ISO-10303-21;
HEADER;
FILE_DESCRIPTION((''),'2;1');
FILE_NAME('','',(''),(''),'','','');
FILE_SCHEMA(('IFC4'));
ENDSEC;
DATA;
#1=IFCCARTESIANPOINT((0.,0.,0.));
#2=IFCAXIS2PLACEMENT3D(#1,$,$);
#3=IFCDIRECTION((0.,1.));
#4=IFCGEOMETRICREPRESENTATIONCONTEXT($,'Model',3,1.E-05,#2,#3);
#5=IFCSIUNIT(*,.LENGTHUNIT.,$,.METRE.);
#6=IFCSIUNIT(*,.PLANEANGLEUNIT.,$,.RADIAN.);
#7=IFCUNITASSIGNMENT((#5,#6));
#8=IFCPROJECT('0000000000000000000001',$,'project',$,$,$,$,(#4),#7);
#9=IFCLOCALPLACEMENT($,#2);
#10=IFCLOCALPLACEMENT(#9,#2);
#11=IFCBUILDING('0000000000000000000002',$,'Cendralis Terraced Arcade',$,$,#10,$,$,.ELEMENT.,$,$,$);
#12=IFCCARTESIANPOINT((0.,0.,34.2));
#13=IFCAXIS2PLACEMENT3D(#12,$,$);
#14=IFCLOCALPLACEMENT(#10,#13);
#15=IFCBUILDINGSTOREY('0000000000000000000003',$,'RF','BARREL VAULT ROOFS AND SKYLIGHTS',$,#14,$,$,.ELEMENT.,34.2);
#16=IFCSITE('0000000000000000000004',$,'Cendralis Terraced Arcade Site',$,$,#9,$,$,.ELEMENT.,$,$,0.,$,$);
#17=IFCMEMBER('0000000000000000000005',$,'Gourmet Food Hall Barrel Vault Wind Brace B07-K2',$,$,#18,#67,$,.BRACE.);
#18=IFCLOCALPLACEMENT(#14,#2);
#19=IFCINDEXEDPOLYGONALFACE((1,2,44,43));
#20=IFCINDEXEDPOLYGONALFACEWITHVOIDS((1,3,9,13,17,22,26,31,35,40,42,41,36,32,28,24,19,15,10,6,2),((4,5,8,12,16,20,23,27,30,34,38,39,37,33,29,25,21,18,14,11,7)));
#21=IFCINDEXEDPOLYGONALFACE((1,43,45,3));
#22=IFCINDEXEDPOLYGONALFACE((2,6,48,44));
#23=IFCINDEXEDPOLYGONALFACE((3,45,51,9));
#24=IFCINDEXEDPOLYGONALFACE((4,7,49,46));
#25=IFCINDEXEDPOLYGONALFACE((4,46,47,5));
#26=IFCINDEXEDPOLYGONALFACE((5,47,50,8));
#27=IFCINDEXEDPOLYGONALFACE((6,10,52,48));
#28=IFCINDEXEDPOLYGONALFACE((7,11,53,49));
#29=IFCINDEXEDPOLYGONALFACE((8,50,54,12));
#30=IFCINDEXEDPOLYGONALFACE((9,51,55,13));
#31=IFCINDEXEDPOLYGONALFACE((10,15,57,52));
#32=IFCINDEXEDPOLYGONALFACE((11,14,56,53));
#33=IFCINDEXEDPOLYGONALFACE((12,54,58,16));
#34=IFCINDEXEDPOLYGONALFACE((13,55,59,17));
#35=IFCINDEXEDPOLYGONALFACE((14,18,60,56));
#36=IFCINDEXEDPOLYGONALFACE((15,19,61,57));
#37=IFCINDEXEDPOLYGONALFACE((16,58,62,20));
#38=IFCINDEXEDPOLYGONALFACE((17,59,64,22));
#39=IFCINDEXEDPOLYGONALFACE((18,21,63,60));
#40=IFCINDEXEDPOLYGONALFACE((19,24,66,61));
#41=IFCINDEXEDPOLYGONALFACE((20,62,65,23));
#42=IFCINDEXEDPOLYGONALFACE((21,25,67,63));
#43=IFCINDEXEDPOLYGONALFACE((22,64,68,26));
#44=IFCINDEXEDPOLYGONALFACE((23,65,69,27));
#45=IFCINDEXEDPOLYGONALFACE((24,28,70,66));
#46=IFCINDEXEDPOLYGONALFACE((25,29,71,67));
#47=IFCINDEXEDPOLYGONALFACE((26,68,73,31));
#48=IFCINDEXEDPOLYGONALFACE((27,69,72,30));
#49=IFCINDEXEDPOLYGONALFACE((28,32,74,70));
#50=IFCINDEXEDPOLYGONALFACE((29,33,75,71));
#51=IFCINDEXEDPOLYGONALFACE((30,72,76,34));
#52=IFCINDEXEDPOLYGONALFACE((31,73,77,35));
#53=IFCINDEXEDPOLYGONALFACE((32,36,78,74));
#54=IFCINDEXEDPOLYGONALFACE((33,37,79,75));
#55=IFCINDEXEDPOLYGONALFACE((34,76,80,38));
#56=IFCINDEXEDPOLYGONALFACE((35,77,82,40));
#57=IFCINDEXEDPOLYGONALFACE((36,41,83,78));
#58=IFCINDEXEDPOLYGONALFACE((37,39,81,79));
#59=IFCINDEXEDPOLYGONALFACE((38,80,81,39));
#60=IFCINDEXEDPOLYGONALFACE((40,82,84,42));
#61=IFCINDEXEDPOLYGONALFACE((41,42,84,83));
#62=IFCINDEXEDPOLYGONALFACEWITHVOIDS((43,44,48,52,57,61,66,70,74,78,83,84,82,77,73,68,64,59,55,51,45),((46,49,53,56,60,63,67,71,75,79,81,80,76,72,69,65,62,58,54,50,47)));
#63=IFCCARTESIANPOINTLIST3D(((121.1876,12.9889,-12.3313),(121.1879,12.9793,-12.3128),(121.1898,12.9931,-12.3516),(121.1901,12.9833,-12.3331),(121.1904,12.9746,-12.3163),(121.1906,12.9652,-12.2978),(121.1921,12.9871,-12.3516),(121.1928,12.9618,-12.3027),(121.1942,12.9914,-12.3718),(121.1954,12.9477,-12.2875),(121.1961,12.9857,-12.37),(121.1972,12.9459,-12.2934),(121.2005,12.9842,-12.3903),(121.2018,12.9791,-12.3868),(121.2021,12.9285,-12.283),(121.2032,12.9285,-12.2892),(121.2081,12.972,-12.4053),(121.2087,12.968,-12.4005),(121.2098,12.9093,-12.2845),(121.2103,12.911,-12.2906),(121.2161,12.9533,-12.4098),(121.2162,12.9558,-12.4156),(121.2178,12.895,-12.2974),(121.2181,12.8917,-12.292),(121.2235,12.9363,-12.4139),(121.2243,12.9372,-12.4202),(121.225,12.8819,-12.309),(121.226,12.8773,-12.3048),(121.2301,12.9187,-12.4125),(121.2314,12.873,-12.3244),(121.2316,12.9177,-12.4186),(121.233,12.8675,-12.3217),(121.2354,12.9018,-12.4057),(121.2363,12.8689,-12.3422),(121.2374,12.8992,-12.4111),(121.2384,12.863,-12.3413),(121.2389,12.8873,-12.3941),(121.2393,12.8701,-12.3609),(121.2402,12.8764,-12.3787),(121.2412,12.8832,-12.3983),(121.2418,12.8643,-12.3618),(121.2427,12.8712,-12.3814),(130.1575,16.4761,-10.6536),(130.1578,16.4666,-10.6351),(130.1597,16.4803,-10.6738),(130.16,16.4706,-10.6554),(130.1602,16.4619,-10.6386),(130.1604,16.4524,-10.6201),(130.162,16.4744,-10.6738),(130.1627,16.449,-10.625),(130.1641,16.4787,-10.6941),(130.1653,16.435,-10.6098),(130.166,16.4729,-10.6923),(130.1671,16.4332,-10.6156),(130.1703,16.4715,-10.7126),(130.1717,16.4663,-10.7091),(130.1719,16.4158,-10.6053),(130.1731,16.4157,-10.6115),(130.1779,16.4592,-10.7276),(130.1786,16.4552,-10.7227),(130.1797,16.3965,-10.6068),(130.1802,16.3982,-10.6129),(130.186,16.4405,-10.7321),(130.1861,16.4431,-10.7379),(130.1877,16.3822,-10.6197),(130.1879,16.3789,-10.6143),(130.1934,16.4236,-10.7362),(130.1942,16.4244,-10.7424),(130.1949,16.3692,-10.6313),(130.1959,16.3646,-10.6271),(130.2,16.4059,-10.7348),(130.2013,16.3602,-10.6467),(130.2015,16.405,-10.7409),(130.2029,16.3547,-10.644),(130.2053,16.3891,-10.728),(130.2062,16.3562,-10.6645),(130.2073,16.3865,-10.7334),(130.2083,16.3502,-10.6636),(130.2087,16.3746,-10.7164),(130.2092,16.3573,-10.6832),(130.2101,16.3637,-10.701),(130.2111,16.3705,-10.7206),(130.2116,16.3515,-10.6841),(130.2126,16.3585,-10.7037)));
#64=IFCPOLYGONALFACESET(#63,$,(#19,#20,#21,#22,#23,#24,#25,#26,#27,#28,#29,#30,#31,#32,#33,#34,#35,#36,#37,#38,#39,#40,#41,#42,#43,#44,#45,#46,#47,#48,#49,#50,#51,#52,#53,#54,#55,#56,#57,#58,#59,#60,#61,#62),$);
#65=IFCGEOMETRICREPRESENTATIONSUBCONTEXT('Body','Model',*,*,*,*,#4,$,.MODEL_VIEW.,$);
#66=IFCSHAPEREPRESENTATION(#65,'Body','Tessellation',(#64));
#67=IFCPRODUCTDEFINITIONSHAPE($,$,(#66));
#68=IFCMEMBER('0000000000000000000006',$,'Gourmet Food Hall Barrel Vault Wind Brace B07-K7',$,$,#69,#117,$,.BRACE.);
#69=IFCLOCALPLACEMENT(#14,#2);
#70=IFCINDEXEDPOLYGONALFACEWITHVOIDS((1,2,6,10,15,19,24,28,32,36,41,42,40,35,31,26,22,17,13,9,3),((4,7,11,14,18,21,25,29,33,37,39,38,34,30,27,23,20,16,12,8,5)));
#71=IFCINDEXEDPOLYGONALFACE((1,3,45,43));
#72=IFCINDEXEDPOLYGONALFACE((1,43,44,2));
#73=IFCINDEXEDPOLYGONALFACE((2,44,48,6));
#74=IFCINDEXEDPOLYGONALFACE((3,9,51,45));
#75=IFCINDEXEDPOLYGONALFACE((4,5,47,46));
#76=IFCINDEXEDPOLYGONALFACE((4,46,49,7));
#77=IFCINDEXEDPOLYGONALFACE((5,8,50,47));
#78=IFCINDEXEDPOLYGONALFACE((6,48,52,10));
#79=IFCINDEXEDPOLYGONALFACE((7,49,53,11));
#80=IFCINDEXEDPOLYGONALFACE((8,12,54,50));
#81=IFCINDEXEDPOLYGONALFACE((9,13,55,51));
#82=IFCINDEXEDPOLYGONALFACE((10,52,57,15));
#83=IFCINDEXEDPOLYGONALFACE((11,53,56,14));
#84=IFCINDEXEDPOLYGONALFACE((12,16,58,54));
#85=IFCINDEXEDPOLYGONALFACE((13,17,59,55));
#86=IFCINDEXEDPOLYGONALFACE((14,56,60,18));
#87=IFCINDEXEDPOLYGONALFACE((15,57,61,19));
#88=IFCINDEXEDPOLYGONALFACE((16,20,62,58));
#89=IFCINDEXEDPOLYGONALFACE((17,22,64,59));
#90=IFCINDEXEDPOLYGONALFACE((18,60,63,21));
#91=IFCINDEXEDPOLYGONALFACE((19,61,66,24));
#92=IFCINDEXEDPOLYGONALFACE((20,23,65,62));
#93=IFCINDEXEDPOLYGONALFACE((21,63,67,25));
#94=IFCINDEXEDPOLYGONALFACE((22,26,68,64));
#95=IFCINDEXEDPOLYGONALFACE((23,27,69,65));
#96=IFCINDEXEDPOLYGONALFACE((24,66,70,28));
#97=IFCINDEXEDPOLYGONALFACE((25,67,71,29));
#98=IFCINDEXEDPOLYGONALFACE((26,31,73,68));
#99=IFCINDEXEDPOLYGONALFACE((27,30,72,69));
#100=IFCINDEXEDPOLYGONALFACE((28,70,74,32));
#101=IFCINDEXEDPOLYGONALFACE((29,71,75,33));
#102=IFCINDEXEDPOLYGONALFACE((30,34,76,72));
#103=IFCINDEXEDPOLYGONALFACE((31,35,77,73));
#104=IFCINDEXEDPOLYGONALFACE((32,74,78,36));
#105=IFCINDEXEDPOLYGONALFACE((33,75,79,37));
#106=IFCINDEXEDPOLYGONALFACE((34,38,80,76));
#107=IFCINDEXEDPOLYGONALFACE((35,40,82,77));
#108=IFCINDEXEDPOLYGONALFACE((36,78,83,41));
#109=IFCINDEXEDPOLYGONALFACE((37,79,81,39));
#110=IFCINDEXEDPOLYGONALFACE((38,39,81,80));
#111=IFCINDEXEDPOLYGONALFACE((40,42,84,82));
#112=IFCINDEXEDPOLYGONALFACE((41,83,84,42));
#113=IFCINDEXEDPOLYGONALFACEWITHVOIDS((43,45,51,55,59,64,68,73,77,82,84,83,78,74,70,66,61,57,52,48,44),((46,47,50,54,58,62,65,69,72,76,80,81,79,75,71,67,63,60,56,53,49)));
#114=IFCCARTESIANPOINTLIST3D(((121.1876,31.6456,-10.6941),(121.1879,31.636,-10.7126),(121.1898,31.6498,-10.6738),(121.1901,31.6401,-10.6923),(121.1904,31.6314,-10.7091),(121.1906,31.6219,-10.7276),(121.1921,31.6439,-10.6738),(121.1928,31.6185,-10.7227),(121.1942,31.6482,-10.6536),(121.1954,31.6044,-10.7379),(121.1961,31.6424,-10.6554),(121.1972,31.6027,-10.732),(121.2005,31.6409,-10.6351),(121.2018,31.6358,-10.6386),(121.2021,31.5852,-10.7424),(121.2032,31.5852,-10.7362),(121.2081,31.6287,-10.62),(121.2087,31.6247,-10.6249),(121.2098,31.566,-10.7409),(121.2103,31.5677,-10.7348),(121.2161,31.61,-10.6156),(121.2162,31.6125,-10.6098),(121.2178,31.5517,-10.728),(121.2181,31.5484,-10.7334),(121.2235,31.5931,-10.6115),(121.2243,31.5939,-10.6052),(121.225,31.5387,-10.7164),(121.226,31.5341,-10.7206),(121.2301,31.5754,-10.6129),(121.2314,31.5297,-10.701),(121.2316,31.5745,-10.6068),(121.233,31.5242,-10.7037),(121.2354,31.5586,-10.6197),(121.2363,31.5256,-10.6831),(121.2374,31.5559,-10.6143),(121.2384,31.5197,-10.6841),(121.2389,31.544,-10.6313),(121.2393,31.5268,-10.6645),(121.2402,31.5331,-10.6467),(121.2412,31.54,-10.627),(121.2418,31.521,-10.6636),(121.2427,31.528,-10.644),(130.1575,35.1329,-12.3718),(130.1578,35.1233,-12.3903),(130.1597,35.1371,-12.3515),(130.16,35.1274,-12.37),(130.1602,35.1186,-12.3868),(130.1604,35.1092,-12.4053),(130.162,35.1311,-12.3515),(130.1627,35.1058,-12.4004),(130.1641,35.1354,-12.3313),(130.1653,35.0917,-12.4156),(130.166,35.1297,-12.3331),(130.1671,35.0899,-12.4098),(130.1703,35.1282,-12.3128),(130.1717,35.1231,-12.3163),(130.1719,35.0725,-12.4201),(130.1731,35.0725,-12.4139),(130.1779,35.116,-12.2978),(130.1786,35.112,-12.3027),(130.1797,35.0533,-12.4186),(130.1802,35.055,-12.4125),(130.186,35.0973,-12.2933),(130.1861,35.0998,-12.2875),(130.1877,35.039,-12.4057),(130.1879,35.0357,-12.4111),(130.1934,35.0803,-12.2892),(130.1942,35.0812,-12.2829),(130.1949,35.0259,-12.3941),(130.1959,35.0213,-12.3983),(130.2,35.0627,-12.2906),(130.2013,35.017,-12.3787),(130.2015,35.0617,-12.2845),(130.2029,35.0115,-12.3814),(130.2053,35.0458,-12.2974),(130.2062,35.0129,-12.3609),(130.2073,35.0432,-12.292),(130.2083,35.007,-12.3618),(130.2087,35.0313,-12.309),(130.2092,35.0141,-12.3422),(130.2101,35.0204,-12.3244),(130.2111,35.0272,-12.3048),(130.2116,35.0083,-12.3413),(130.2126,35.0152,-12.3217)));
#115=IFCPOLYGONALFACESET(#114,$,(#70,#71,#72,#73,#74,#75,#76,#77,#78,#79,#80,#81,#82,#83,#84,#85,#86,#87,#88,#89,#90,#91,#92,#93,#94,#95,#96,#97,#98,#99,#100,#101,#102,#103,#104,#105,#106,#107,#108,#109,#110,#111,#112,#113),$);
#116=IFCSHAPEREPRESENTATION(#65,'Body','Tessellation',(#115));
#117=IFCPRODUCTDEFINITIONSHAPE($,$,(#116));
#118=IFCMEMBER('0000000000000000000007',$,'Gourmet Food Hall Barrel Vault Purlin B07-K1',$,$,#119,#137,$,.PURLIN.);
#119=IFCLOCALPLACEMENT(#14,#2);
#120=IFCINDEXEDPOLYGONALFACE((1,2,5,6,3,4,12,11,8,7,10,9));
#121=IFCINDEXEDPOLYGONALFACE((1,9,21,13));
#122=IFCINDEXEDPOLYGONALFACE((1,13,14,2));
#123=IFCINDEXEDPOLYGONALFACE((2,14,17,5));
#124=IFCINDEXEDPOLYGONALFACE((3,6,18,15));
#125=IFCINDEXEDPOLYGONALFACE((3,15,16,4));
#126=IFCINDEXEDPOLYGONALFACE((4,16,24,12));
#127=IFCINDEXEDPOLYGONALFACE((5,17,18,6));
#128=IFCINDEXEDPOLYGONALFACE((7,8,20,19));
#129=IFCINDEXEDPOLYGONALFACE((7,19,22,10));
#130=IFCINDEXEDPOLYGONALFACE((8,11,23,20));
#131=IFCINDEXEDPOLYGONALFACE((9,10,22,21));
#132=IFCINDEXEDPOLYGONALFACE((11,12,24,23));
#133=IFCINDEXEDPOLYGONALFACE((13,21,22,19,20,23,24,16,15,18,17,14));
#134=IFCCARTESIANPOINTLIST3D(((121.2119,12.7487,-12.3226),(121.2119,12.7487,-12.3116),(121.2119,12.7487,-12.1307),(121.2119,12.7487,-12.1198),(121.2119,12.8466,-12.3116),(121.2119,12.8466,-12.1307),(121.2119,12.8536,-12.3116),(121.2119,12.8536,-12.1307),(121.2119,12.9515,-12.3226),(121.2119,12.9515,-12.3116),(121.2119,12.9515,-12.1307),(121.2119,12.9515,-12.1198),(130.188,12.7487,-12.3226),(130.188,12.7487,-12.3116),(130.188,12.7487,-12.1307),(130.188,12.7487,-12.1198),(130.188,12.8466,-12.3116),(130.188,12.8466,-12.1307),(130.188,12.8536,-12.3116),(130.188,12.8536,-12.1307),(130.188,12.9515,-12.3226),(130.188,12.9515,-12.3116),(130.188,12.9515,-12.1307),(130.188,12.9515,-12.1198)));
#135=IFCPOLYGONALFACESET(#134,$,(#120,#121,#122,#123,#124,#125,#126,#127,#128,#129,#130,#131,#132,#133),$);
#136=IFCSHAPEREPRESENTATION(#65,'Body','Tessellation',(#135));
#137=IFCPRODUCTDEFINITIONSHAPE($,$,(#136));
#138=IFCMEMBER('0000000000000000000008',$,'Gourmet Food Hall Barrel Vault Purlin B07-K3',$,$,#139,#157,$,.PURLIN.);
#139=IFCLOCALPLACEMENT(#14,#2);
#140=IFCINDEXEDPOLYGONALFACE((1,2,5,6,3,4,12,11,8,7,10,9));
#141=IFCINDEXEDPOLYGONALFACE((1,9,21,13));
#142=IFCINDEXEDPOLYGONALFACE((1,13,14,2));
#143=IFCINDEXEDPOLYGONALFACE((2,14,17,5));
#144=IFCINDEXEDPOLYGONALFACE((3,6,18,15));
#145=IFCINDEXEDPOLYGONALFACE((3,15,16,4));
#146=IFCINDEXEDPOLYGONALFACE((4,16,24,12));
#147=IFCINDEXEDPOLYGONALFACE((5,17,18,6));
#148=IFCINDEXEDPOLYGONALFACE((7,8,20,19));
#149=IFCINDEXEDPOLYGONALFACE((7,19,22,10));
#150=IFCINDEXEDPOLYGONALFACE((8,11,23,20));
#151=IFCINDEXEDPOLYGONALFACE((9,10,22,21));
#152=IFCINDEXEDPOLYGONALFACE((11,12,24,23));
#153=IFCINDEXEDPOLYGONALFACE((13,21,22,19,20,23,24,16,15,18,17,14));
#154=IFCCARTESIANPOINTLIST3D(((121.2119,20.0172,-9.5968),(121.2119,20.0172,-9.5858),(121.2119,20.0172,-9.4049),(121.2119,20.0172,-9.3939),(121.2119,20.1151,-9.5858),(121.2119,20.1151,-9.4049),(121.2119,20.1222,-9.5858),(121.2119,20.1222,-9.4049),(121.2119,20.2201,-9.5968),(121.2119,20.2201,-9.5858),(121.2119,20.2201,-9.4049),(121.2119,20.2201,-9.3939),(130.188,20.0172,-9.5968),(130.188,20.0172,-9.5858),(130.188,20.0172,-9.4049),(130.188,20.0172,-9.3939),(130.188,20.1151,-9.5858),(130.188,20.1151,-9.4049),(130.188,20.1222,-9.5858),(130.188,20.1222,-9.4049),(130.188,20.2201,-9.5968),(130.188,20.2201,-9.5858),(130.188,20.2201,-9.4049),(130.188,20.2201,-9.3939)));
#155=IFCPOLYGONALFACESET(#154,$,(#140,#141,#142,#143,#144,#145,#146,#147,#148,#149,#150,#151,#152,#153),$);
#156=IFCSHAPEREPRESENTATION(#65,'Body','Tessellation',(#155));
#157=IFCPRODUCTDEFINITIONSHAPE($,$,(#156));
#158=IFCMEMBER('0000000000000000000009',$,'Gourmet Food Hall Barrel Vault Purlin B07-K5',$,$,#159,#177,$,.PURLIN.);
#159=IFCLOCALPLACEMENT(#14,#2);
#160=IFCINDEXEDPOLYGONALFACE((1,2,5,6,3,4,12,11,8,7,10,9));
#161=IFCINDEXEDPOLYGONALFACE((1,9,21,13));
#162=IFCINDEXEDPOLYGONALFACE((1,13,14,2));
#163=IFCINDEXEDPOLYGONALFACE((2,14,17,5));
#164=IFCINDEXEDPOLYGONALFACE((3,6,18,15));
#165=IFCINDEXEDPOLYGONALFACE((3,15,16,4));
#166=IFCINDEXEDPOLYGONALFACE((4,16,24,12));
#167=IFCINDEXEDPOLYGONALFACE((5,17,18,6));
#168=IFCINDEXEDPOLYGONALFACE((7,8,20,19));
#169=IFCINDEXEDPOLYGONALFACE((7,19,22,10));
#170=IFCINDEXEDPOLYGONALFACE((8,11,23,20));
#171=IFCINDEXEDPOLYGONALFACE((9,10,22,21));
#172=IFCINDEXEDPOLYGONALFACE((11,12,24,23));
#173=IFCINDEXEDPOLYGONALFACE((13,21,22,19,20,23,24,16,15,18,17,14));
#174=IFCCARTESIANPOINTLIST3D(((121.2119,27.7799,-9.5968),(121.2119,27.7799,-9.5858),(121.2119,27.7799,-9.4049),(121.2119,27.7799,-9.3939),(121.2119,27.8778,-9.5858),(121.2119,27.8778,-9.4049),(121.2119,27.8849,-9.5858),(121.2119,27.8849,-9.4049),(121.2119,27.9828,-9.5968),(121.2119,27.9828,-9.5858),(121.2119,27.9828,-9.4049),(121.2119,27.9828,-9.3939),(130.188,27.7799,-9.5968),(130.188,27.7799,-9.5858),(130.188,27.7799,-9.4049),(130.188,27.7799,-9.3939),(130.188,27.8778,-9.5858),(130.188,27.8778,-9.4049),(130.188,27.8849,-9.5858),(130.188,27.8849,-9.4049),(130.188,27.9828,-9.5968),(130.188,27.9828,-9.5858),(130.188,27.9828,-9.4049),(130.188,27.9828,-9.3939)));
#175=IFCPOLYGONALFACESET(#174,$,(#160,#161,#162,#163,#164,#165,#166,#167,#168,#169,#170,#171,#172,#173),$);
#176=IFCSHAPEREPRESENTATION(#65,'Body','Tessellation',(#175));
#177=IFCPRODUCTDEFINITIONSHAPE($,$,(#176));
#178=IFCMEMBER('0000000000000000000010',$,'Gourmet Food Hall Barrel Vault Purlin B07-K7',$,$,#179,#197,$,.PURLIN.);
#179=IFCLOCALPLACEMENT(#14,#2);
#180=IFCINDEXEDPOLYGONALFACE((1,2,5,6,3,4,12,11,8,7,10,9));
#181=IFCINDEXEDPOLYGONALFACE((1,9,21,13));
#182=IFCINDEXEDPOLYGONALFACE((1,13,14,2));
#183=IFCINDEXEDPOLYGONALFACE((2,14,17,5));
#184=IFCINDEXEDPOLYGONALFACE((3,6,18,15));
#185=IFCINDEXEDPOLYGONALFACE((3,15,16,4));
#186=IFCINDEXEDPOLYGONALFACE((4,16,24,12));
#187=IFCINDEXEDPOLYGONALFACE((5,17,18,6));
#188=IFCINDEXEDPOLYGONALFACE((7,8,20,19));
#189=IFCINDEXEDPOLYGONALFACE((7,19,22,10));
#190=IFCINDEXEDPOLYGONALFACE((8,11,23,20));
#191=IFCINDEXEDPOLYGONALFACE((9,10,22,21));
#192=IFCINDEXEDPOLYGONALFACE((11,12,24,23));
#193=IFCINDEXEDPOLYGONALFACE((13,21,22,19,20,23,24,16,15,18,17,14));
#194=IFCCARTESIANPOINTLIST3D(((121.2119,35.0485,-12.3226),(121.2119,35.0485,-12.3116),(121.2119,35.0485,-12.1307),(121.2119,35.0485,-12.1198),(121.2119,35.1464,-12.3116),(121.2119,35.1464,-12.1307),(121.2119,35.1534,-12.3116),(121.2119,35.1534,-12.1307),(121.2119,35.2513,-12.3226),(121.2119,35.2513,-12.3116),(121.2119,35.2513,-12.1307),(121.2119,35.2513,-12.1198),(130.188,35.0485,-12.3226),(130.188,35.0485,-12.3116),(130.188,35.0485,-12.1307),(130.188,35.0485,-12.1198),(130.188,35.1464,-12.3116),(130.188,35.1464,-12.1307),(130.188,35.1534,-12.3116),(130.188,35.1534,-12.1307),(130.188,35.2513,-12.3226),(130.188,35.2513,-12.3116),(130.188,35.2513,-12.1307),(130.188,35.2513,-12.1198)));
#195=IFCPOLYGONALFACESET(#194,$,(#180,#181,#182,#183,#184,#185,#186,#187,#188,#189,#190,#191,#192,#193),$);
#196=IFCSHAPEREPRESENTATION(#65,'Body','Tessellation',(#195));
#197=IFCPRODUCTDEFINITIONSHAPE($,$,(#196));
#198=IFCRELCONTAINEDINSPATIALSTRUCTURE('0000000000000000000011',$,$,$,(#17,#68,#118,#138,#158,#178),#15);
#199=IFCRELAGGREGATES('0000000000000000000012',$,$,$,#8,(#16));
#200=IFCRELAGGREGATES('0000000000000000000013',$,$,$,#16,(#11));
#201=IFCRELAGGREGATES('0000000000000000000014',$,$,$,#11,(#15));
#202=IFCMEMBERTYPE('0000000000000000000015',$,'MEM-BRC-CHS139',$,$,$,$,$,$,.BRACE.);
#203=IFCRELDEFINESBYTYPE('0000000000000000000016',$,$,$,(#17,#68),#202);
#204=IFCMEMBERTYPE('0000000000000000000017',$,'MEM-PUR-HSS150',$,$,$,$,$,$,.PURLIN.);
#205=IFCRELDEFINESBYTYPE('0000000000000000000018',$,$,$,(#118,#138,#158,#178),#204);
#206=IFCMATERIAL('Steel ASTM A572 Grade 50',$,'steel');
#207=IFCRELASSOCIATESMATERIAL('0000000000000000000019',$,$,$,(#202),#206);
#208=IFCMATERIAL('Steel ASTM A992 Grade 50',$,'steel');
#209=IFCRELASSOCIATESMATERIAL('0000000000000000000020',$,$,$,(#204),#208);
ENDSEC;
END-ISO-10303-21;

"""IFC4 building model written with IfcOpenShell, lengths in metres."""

from ifc_helpers import new_model, si_unit, direction, frame, origin, origin_2d, place, context, subcontext, project, spatial, hollow_circle, i_section, extrude, material, material_profile, profile_set, type_object, element, save


model = new_model("IFC4")

# Units and contexts
model_context = context("Model", 3, precision=1e-05, world=origin(), true_north=direction((0.0, 1.0)))
body_context = subcontext(model_context, "Body", "Model", "MODEL_VIEW")
ifc_project = project(units=[si_unit("LENGTHUNIT", "METRE"), si_unit("PLANEANGLEUNIT", "RADIAN")], contexts=[model_context])

# Site, building, storey
site_placement = place(None, origin())
site = spatial("IfcSite", under=ifc_project, at=site_placement, Name="Cendralis Terraced Arcade Site", CompositionType="ELEMENT", RefElevation=0.0)
building_placement = place(site_placement, origin())
building = spatial("IfcBuilding", under=site, at=building_placement, Name="Cendralis Terraced Arcade", CompositionType="ELEMENT")
storey_placement = place(building_placement, frame((0.0, 0.0, 34.2)))
storey = spatial("IfcBuildingStorey", under=building, at=storey_placement, Name="RF", Description="BARREL VAULT ROOFS AND SKYLIGHTS", CompositionType="ELEMENT", Elevation=34.2)

# Members
ifc_material_1 = material(Name="Steel ASTM A992 Grade 50", Category="steel")
ifc_material_2 = material(Name="Steel ASTM A572 Grade 50", Category="steel")
ifc_material_profile_1 = material_profile(ifc_material_2, hollow_circle(Radius=0.0698, WallThickness=0.0063, at=origin_2d()), Name="CHS139X6.3", Category="LoadBearing")
ifc_profile_set_1 = profile_set([ifc_material_profile_1], Name="Steel ASTM A572 Grade 50")
member_type_1 = type_object("IfcMemberType", Name="MEM-BRC-CHS139", PredefinedType="BRACE", material=ifc_profile_set_1)
for number, where, z_axis, x_axis, name in (
    (1, (121.2151, 12.928, -12.3516), (0.918193, 0.356971, 0.171738), (-0.362354, 0.93204, 0.0), "Gourmet Food Hall Barrel Vault Wind Brace B07-K2"),
    (2, (121.2151, 31.5847, -10.6738), (0.918193, 0.356971, -0.171738), (-0.362354, 0.93204, 0.0), "Gourmet Food Hall Barrel Vault Wind Brace B07-K7"),
):
    element("IfcMember", number, at=place(storey_placement, frame(where, z_axis=z_axis, x_axis=x_axis)), inside=storey, type_object=member_type_1, Name=name, PredefinedType="BRACE", context=body_context, shape_type="SweptSolid", body=[
        extrude(hollow_circle(Radius=0.0698, WallThickness=0.0063, at=origin_2d()), origin(), (0.0, 0.0, 1.0), 9.769),
    ])
ifc_material_profile_2 = material_profile(ifc_material_1, i_section(OverallWidth=0.2029, OverallDepth=0.2029, WebThickness=0.0071, FlangeThickness=0.011, at=origin_2d()), Name="W200X46.1", Category="LoadBearing")
ifc_profile_set_2 = profile_set([ifc_material_profile_2], Name="Steel ASTM A992 Grade 50")
member_type_2 = type_object("IfcMemberType", Name="MEM-PUR-HSS150", PredefinedType="PURLIN", material=ifc_profile_set_2)
for number, where, z_axis, x_axis, name in (
    (3, (121.2119, 12.8501, -12.2212), (1.0, 0.0, 0.0), (0.0, 1.0, 0.0), "Gourmet Food Hall Barrel Vault Purlin B07-K1"),
    (4, (121.2119, 20.1187, -9.4954), (1.0, 0.0, 0.0), (0.0, 1.0, 0.0), "Gourmet Food Hall Barrel Vault Purlin B07-K3"),
    (5, (121.2119, 27.8813, -9.4954), (1.0, 0.0, 0.0), (0.0, 1.0, 0.0), "Gourmet Food Hall Barrel Vault Purlin B07-K5"),
    (6, (121.2119, 35.1499, -12.2212), (1.0, 0.0, 0.0), (0.0, 1.0, 0.0), "Gourmet Food Hall Barrel Vault Purlin B07-K7"),
):
    element("IfcMember", number, at=place(storey_placement, frame(where, z_axis=z_axis, x_axis=x_axis)), inside=storey, type_object=member_type_2, Name=name, PredefinedType="PURLIN", context=body_context, shape_type="SweptSolid", body=[
        extrude(i_section(OverallWidth=0.2029, OverallDepth=0.2029, WebThickness=0.0071, FlangeThickness=0.011, at=origin_2d()), origin(), (0.0, 0.0, 1.0), 8.9761),
    ])

save(model, "model.ifc")
